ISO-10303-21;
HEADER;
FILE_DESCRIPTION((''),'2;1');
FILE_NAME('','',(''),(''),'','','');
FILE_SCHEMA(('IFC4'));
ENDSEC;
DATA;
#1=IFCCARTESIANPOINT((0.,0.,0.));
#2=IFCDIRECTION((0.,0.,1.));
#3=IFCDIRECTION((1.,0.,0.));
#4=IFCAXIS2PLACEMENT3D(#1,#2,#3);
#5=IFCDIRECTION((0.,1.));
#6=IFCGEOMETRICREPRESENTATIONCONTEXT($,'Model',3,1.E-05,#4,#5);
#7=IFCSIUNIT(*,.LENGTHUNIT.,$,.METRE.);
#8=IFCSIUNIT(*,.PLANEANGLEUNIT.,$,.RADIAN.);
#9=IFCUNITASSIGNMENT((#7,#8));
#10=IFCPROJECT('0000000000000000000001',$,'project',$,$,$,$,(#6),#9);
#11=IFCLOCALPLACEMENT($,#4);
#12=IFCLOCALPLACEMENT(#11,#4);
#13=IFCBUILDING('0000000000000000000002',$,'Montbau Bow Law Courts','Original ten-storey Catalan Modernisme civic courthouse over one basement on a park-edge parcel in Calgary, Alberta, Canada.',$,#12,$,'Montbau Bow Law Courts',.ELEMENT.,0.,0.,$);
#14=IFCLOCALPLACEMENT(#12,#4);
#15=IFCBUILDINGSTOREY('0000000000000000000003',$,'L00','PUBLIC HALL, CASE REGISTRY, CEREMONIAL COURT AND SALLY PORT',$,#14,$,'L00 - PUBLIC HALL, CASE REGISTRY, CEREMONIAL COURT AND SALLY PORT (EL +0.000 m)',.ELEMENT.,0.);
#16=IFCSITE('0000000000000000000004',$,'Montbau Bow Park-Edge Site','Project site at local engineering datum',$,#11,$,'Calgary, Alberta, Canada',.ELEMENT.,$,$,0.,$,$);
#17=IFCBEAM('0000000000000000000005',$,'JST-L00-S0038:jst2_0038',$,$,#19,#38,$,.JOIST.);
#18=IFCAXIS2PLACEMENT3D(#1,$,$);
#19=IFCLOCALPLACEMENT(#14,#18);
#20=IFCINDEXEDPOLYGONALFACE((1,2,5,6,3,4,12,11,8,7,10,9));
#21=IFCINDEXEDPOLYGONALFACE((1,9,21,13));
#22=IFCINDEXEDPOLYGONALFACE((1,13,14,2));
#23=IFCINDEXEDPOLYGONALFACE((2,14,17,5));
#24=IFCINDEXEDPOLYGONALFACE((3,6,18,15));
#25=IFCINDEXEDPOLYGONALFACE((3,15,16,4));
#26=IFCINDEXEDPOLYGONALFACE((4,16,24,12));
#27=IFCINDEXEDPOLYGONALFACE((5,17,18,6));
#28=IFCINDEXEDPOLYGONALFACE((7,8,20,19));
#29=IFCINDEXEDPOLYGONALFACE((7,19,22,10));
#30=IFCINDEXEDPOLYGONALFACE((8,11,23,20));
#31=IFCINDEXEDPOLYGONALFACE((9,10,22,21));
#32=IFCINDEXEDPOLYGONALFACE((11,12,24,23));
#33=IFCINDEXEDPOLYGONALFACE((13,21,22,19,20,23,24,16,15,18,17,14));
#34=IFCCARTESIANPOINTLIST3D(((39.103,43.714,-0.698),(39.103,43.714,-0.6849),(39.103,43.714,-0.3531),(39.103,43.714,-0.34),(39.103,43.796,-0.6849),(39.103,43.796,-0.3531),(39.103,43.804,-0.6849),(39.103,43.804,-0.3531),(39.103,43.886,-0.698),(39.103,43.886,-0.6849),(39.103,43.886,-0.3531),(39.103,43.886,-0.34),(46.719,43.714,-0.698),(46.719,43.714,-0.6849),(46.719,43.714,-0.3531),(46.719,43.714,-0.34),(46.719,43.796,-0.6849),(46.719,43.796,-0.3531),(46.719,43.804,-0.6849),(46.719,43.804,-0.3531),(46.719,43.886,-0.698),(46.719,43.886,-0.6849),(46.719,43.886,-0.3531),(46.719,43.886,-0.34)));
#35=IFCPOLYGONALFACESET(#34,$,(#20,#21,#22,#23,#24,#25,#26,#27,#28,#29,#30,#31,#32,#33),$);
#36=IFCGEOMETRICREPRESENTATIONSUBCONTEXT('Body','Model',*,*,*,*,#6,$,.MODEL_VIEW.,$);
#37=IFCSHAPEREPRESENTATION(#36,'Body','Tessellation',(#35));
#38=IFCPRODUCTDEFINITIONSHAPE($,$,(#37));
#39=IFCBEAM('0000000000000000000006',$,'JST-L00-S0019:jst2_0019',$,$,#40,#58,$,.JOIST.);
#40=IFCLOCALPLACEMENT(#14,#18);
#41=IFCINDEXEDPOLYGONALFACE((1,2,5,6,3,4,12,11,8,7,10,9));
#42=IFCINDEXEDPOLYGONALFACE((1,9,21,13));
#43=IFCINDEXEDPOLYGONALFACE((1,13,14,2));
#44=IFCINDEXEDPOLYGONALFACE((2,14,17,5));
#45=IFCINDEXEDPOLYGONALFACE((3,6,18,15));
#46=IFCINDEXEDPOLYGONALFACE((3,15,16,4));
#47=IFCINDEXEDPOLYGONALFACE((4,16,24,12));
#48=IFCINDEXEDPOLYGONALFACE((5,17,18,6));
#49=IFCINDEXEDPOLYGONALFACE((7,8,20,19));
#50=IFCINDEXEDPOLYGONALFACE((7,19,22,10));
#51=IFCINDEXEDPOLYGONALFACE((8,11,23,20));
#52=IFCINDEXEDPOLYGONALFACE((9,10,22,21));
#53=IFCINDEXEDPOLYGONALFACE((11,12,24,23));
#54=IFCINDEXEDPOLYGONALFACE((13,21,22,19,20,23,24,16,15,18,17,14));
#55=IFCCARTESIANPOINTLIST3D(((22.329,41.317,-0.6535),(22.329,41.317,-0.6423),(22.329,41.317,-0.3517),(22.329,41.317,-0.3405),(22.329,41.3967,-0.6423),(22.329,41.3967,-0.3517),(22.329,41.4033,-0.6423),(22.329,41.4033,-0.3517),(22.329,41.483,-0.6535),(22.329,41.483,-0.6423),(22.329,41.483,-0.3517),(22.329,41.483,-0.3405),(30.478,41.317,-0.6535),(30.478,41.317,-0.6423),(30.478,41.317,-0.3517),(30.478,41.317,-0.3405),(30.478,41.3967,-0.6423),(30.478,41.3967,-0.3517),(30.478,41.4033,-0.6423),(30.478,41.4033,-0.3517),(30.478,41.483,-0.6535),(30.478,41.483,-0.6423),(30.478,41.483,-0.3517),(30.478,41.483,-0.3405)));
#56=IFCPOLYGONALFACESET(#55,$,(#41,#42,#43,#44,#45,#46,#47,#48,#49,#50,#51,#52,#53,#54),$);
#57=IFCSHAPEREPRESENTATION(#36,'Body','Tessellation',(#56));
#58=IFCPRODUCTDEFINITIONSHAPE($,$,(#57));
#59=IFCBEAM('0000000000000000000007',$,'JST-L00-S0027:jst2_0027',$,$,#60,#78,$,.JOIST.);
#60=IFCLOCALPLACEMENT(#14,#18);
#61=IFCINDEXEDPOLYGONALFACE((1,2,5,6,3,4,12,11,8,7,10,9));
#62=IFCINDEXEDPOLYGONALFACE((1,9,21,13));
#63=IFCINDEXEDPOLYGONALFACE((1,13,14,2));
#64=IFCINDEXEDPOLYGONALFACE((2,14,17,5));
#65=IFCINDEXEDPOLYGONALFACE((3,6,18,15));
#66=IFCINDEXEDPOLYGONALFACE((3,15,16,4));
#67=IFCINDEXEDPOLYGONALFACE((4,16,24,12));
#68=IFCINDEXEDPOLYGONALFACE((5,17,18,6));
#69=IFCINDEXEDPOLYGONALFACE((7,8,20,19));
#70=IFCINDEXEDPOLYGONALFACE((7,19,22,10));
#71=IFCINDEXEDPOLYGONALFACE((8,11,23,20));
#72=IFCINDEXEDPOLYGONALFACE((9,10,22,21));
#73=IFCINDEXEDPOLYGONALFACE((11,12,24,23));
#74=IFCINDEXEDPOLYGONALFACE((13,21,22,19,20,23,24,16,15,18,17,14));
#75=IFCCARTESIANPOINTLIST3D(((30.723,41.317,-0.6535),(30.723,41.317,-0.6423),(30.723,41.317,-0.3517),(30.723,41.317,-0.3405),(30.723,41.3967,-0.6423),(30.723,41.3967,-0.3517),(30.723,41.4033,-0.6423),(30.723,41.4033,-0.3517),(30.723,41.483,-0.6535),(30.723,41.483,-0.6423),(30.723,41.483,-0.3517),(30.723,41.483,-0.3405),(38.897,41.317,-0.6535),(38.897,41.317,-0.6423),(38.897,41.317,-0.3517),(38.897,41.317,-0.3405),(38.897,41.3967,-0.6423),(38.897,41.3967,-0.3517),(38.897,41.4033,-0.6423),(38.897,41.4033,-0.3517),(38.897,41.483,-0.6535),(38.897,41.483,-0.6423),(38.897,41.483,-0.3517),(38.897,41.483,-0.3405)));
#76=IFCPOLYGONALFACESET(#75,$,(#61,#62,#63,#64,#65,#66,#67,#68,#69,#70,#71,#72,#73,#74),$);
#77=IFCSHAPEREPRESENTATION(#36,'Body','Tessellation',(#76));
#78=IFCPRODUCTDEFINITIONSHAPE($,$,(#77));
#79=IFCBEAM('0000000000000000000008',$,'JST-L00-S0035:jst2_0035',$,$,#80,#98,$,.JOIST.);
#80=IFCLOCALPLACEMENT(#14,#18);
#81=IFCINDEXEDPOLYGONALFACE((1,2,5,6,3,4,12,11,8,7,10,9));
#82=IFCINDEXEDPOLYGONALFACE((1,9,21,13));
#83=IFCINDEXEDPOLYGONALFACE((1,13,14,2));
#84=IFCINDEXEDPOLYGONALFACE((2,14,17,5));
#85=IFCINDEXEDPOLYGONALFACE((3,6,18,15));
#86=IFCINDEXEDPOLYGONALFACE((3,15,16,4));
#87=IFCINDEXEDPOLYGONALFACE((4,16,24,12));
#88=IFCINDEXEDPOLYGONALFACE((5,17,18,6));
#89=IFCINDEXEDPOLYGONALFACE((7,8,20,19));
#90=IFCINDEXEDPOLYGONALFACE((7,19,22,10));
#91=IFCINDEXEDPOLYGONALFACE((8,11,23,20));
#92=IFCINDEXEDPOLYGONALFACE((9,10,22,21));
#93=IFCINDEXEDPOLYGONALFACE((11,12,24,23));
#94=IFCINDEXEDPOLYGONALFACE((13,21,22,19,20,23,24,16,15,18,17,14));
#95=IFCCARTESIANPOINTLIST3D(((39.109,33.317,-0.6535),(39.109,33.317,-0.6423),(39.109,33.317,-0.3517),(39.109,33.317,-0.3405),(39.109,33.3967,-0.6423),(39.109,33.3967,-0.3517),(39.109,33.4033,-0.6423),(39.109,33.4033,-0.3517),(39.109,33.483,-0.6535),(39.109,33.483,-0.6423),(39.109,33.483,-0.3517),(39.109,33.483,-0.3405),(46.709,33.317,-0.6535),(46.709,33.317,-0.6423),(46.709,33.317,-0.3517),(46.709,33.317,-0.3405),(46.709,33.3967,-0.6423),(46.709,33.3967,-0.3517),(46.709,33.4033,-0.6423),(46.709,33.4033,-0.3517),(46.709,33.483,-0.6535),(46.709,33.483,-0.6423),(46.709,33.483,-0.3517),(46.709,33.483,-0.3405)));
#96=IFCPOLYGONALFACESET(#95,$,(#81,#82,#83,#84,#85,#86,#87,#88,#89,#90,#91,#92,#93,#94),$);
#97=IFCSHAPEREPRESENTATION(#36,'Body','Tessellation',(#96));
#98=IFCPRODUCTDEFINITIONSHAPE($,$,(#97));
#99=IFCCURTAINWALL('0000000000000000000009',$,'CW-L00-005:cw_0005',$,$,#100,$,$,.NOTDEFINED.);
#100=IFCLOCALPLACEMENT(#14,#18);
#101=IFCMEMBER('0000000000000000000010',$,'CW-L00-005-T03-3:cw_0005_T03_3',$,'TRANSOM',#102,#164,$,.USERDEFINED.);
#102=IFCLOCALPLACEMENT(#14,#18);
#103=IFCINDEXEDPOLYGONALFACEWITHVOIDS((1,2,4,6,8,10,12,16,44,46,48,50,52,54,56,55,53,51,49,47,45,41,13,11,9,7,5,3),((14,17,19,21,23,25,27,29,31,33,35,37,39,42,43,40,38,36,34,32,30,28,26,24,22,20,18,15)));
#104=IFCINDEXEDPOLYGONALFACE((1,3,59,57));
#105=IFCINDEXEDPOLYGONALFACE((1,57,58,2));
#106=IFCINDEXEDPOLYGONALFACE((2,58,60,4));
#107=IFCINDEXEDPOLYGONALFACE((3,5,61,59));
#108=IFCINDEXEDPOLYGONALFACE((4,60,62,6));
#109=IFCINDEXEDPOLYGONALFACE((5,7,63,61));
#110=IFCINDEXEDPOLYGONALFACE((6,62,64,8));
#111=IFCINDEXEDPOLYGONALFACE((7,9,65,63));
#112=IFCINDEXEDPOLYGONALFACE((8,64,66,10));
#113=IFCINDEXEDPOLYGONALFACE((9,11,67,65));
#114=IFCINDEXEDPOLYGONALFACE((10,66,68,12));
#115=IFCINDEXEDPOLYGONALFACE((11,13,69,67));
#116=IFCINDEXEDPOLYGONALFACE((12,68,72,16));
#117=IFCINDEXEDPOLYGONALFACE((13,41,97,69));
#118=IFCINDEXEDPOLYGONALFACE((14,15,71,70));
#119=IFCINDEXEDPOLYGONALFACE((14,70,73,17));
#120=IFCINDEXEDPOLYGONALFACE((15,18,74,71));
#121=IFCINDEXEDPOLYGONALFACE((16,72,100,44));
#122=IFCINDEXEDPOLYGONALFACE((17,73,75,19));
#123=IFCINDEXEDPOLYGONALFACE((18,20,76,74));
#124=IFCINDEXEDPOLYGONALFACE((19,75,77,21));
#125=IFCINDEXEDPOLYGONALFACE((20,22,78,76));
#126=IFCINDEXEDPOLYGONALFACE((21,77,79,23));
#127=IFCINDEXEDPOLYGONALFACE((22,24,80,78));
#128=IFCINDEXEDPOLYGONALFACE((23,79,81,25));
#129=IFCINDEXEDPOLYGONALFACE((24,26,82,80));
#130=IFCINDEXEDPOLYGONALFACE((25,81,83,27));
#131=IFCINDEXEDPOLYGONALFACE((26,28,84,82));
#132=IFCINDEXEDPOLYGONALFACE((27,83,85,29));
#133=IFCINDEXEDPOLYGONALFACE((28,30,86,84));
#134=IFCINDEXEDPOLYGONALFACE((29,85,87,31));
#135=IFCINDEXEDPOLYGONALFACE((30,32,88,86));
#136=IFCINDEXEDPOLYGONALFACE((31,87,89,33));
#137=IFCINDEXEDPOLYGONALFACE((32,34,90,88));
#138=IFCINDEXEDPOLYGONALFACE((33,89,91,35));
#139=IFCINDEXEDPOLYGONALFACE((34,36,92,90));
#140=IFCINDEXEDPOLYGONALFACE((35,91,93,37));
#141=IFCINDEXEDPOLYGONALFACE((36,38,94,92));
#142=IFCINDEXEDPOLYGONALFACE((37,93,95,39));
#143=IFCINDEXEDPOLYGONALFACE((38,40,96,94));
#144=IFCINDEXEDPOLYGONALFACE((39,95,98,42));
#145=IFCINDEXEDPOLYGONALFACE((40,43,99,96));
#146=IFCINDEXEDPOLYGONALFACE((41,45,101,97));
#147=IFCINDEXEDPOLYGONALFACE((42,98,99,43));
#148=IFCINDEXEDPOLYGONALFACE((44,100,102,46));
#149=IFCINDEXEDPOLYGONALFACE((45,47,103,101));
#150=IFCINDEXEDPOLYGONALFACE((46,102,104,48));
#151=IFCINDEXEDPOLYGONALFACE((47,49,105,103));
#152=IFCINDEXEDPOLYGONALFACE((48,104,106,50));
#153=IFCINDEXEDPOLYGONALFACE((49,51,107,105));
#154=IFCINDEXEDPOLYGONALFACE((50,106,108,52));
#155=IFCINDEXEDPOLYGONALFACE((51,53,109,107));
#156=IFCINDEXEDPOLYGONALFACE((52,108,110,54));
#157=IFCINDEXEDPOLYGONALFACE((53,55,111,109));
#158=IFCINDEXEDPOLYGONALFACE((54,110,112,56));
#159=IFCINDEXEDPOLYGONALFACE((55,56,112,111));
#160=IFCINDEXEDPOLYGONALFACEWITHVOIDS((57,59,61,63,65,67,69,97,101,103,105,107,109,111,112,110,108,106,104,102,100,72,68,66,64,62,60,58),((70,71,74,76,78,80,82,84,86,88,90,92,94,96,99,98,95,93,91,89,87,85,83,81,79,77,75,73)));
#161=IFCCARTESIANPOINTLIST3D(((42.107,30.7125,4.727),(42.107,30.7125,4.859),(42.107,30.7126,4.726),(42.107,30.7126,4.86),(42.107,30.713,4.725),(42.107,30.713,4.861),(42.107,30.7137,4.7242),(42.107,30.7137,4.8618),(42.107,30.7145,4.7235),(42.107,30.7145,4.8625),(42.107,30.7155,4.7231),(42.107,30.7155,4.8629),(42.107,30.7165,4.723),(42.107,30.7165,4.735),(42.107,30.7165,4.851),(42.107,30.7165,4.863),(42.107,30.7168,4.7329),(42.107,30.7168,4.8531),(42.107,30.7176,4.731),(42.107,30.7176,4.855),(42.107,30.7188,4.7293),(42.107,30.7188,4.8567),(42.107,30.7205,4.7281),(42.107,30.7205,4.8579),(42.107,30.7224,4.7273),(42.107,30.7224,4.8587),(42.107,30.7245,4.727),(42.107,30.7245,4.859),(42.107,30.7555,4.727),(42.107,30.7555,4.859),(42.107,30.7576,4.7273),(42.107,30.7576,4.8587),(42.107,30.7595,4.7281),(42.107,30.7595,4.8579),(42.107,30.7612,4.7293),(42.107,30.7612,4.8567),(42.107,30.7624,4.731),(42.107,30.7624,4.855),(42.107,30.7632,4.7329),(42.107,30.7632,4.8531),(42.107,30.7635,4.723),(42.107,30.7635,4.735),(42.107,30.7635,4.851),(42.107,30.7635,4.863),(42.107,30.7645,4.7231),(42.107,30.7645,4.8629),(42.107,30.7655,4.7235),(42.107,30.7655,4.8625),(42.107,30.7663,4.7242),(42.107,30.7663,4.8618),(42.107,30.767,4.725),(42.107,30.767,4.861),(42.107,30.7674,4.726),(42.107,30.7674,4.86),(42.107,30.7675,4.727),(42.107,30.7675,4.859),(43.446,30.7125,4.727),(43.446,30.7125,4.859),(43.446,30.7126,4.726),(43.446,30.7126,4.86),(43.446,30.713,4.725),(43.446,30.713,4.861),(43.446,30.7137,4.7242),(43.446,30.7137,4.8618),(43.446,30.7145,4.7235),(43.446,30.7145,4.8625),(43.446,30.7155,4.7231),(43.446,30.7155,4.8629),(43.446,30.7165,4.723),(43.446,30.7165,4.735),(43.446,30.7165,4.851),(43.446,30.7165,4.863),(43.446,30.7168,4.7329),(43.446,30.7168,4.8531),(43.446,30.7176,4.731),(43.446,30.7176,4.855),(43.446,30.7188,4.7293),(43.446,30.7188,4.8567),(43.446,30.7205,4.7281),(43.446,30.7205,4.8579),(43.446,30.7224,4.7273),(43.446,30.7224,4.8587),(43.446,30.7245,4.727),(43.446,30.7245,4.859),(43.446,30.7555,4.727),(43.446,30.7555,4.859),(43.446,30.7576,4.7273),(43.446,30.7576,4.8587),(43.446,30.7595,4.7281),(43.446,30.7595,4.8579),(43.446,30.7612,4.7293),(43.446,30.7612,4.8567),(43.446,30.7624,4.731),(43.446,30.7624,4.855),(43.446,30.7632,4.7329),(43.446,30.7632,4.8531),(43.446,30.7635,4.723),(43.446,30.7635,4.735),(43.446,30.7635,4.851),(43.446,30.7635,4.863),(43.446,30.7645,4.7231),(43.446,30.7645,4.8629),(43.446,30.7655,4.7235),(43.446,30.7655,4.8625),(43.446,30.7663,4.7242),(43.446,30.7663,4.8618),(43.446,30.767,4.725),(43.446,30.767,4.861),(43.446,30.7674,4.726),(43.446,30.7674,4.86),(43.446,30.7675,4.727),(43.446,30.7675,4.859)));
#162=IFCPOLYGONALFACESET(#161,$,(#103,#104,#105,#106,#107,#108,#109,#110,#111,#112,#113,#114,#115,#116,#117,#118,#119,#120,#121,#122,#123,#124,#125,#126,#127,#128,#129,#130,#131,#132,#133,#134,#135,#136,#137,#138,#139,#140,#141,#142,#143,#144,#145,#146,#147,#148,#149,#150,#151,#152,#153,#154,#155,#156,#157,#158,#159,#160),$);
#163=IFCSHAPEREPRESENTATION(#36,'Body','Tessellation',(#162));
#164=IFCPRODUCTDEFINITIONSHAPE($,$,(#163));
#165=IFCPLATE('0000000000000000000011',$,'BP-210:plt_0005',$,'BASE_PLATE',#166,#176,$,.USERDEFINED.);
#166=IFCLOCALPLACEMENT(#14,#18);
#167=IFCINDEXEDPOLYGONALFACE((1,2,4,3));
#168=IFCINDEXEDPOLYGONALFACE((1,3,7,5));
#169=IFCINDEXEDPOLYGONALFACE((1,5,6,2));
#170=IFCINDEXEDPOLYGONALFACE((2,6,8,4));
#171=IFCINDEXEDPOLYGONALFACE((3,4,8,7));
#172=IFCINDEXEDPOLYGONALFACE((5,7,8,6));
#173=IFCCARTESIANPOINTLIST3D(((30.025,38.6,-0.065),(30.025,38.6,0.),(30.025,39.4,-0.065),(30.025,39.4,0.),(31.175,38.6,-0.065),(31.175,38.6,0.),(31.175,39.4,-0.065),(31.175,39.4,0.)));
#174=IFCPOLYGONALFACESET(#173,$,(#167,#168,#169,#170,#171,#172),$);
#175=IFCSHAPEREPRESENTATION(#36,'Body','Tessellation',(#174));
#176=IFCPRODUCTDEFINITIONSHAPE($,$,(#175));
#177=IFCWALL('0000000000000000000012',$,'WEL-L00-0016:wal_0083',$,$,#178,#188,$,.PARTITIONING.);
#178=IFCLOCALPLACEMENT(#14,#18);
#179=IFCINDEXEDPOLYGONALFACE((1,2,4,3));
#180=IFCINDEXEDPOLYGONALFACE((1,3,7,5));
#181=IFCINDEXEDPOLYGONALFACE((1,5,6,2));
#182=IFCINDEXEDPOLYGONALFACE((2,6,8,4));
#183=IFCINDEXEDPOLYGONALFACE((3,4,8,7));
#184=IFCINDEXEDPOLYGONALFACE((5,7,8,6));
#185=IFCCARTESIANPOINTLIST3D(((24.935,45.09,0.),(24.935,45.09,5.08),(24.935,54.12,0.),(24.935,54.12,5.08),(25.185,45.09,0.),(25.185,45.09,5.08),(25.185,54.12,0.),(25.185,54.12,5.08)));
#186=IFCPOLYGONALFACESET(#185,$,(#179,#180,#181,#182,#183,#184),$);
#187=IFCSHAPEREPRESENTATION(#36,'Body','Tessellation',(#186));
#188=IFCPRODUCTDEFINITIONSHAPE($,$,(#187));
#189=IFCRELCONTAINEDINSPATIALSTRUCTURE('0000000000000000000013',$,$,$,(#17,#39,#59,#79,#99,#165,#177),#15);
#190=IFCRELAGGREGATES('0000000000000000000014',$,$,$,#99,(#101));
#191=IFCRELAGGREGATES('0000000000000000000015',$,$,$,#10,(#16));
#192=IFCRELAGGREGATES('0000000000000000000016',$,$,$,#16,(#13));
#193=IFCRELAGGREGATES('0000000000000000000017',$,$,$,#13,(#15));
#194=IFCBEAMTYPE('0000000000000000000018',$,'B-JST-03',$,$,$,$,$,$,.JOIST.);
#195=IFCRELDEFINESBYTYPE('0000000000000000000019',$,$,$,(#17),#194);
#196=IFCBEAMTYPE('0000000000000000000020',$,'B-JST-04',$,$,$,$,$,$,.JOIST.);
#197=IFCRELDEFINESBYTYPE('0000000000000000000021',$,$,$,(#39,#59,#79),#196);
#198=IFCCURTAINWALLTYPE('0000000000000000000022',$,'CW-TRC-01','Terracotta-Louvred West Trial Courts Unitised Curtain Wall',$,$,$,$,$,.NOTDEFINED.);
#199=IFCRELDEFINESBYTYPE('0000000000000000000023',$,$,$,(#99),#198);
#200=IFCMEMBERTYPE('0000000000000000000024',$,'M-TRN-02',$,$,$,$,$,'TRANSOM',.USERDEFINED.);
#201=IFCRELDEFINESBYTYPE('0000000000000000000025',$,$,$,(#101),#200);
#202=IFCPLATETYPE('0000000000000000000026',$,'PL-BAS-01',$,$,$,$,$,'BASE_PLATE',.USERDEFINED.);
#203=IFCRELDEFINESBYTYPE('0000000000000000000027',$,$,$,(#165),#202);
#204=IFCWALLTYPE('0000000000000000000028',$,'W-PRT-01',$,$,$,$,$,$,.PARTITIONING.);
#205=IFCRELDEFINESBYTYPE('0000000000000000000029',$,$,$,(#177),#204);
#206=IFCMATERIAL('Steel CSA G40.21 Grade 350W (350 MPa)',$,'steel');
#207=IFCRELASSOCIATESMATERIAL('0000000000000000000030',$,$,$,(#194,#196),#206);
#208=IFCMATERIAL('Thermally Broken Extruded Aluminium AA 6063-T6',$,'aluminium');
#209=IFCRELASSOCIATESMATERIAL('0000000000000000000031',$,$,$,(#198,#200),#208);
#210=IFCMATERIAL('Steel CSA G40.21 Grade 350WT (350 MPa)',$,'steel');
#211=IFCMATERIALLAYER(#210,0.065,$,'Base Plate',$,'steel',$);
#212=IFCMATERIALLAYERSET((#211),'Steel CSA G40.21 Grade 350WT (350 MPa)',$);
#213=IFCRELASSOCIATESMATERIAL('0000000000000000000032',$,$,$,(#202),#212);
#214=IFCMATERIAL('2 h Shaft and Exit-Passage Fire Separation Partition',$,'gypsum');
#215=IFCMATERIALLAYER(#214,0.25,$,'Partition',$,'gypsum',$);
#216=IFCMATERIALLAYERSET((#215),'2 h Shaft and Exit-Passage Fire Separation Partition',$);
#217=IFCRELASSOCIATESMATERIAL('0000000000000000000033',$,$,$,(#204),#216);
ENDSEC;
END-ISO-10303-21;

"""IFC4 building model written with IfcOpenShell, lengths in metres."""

from ifc_helpers import new_model, si_unit, direction, frame, frame_2d, origin_with_axes, origin_2d_with_axis, place, context, subcontext, project, spatial, rectangle, hollow_rectangle, i_section, extrude, material, layer, layer_set, material_profile, profile_set, type_object, element, aggregate, save


model = new_model("IFC4")

# Units and contexts
model_context = context("Model", 3, precision=1e-05, world=origin_with_axes(), true_north=direction((0.0, 1.0)))
body_context = subcontext(model_context, "Body", "Model", "MODEL_VIEW")
ifc_project = project(units=[si_unit("LENGTHUNIT", "METRE"), si_unit("PLANEANGLEUNIT", "RADIAN")], contexts=[model_context])

# Site, building, storey
site_placement = place(None, origin_with_axes())
site = spatial("IfcSite", under=ifc_project, at=site_placement, Name="Montbau Bow Park-Edge Site", Description="Project site at local engineering datum", LongName="Calgary, Alberta, Canada", CompositionType="ELEMENT", RefElevation=0.0)
building_placement = place(site_placement, origin_with_axes())
building = spatial("IfcBuilding", under=site, at=building_placement, Name="Montbau Bow Law Courts", Description="Original ten-storey Catalan Modernisme civic courthouse over one basement on a park-edge parcel in Calgary, Alberta, Canada.", LongName="Montbau Bow Law Courts", CompositionType="ELEMENT", ElevationOfRefHeight=0.0, ElevationOfTerrain=0.0)
storey_placement = place(building_placement, origin_with_axes())
storey = spatial("IfcBuildingStorey", under=building, at=storey_placement, Name="L00", Description="PUBLIC HALL, CASE REGISTRY, CEREMONIAL COURT AND SALLY PORT", LongName="L00 - PUBLIC HALL, CASE REGISTRY, CEREMONIAL COURT AND SALLY PORT (EL +0.000 m)", CompositionType="ELEMENT", Elevation=0.0)

# Shared definitions
ifc_material_1 = material(Name="Steel CSA G40.21 Grade 350W (350 MPa)", Category="steel")

# Beams
ifc_material_profile_1 = material_profile(ifc_material_1, i_section(OverallWidth=0.172, OverallDepth=0.358, WebThickness=0.0079, FlangeThickness=0.0131, at=origin_2d_with_axis()), Name="W360X57", Category="Main", Priority=0)
ifc_profile_set_1 = profile_set([ifc_material_profile_1], Name="Steel CSA G40.21 Grade 350W (350 MPa)")
beam_type_1 = type_object("IfcBeamType", Name="B-JST-03", PredefinedType="JOIST", material=ifc_profile_set_1)
beam_1_placement = place(None, frame((39.103, 43.8, -0.519), z_axis=(1.0, 0.0, 0.0), x_axis=(0.0, 1.0, 0.0)))
element("IfcBeam", 1, at=beam_1_placement, inside=storey, type_object=beam_type_1, Name="JST-L00-S0038:jst2_0038", PredefinedType="JOIST", context=body_context, shape_type="SweptSolid", body=[
    extrude(i_section(OverallWidth=0.172, OverallDepth=0.358, WebThickness=0.0079, FlangeThickness=0.0131, at=origin_2d_with_axis()), origin_with_axes(), (0.0, 0.0, 1.0), 7.616),
])
ifc_material_profile_2 = material_profile(ifc_material_1, i_section(OverallWidth=0.166, OverallDepth=0.313, WebThickness=0.0066, FlangeThickness=0.0112, at=origin_2d_with_axis()), Name="W310X45", Category="Main", Priority=0)
ifc_profile_set_2 = profile_set([ifc_material_profile_2], Name="Steel CSA G40.21 Grade 350W (350 MPa)")
beam_type_2 = type_object("IfcBeamType", Name="B-JST-04", PredefinedType="JOIST", material=ifc_profile_set_2)
beam_2_placement = place(None, frame((22.329, 41.4, -0.497), z_axis=(1.0, 0.0, 0.0), x_axis=(0.0, 1.0, 0.0)))
element("IfcBeam", 2, at=beam_2_placement, inside=storey, type_object=beam_type_2, Name="JST-L00-S0019:jst2_0019", PredefinedType="JOIST", context=body_context, shape_type="SweptSolid", body=[
    extrude(i_section(OverallWidth=0.166, OverallDepth=0.313, WebThickness=0.0066, FlangeThickness=0.0112, at=origin_2d_with_axis()), origin_with_axes(), (0.0, 0.0, 1.0), 8.149),
])
beam_3_placement = place(None, frame((30.723, 41.4, -0.497), z_axis=(1.0, 0.0, 0.0), x_axis=(0.0, 1.0, 0.0)))
element("IfcBeam", 3, at=beam_3_placement, inside=storey, type_object=beam_type_2, Name="JST-L00-S0027:jst2_0027", PredefinedType="JOIST", context=body_context, shape_type="SweptSolid", body=[
    extrude(i_section(OverallWidth=0.166, OverallDepth=0.313, WebThickness=0.0066, FlangeThickness=0.0112, at=origin_2d_with_axis()), origin_with_axes(), (0.0, 0.0, 1.0), 8.174),
])
beam_4_placement = place(None, frame((39.109, 33.4, -0.497), z_axis=(1.0, 0.0, 0.0), x_axis=(0.0, 1.0, 0.0)))
element("IfcBeam", 4, at=beam_4_placement, inside=storey, type_object=beam_type_2, Name="JST-L00-S0035:jst2_0035", PredefinedType="JOIST", context=body_context, shape_type="SweptSolid", body=[
    extrude(i_section(OverallWidth=0.166, OverallDepth=0.313, WebThickness=0.0066, FlangeThickness=0.0112, at=origin_2d_with_axis()), origin_with_axes(), (0.0, 0.0, 1.0), 7.6),
])

# Curtain wall, member
ifc_material_2 = material(Name="Thermally Broken Extruded Aluminium AA 6063-T6", Category="aluminium")
curtain_wall_type = type_object("IfcCurtainWallType", Name="CW-TRC-01", Description="Terracotta-Louvred West Trial Courts Unitised Curtain Wall", PredefinedType="NOTDEFINED", material=ifc_material_2)
curtain_wall_placement = place(None, frame((39.268, 30.74, 0.0), z_axis=(0.0, 0.0, 1.0), x_axis=(1.0, 0.0, 0.0)))
curtain_wall = element("IfcCurtainWall", 5, at=curtain_wall_placement, inside=storey, type_object=curtain_wall_type, Name="CW-L00-005:cw_0005", PredefinedType="NOTDEFINED")
ifc_material_profile_3 = material_profile(ifc_material_2, hollow_rectangle(XDim=0.055, YDim=0.14, WallThickness=0.004, InnerFilletRadius=0.008, OuterFilletRadius=0.004, at=origin_2d_with_axis()), Name="CWT-140X55", Category="Main", Priority=0)
ifc_profile_set_3 = profile_set([ifc_material_profile_3], Name="Thermally Broken Extruded Aluminium AA 6063-T6")
member_type = type_object("IfcMemberType", Name="M-TRN-02", ElementType="TRANSOM", PredefinedType="USERDEFINED", material=ifc_profile_set_3)
member_placement = place(None, frame((42.107, 30.74, 4.793), z_axis=(1.0, 0.0, 0.0), x_axis=(0.0, 1.0, 0.0)))
member = element("IfcMember", 6, at=member_placement, type_object=member_type, Name="CW-L00-005-T03-3:cw_0005_T03_3", ObjectType="TRANSOM", PredefinedType="USERDEFINED", context=body_context, shape_type="SweptSolid", body=[
    extrude(hollow_rectangle(XDim=0.055, YDim=0.14, WallThickness=0.004, InnerFilletRadius=0.008, OuterFilletRadius=0.004, at=origin_2d_with_axis()), origin_with_axes(), (0.0, 0.0, 1.0), 1.339),
])
aggregate(curtain_wall, [member])

# Plate
ifc_material_3 = material(Name="Steel CSA G40.21 Grade 350WT (350 MPa)", Category="steel")
ifc_layer_1 = layer(ifc_material_3, 0.065, Name="Base Plate", Category="steel")
ifc_layer_set_1 = layer_set([ifc_layer_1], Name="Steel CSA G40.21 Grade 350WT (350 MPa)")
plate_type = type_object("IfcPlateType", Name="PL-BAS-01", ElementType="BASE_PLATE", PredefinedType="USERDEFINED", material=ifc_layer_set_1)
plate_placement = place(None, frame((30.6, 39.0, -0.065), z_axis=(0.0, 0.0, 1.0), x_axis=(1.0, 0.0, 0.0)))
element("IfcPlate", 7, at=plate_placement, inside=storey, type_object=plate_type, Name="BP-210:plt_0005", ObjectType="BASE_PLATE", PredefinedType="USERDEFINED", context=body_context, shape_type="SweptSolid", body=[
    extrude(rectangle(XDim=1.15, YDim=0.8, at=origin_2d_with_axis()), origin_with_axes(), (0.0, 0.0, 1.0), 0.065),
])

# Wall
ifc_material_4 = material(Name="2 h Shaft and Exit-Passage Fire Separation Partition", Category="gypsum")
ifc_layer_2 = layer(ifc_material_4, 0.25, Name="Partition", Category="gypsum")
ifc_layer_set_2 = layer_set([ifc_layer_2], Name="2 h Shaft and Exit-Passage Fire Separation Partition")
wall_type_1 = type_object("IfcWallType", Name="W-PRT-01", PredefinedType="PARTITIONING", material=ifc_layer_set_2)
wall_1_placement = place(None, frame((25.06, 45.09, 0.0), z_axis=(0.0, 0.0, 1.0), x_axis=(0.0, 1.0, 0.0)))
element("IfcWall", 8, at=wall_1_placement, inside=storey, type_object=wall_type_1, Name="WEL-L00-0016:wal_0083", PredefinedType="PARTITIONING", context=body_context, shape_type="SweptSolid", body=[
    extrude(rectangle(XDim=9.03, YDim=0.25, at=frame_2d((4.515, 0.0), x_axis=(1.0, 0.0))), origin_with_axes(), (0.0, 0.0, 1.0), 5.08),
])

save(model, "model.ifc")
